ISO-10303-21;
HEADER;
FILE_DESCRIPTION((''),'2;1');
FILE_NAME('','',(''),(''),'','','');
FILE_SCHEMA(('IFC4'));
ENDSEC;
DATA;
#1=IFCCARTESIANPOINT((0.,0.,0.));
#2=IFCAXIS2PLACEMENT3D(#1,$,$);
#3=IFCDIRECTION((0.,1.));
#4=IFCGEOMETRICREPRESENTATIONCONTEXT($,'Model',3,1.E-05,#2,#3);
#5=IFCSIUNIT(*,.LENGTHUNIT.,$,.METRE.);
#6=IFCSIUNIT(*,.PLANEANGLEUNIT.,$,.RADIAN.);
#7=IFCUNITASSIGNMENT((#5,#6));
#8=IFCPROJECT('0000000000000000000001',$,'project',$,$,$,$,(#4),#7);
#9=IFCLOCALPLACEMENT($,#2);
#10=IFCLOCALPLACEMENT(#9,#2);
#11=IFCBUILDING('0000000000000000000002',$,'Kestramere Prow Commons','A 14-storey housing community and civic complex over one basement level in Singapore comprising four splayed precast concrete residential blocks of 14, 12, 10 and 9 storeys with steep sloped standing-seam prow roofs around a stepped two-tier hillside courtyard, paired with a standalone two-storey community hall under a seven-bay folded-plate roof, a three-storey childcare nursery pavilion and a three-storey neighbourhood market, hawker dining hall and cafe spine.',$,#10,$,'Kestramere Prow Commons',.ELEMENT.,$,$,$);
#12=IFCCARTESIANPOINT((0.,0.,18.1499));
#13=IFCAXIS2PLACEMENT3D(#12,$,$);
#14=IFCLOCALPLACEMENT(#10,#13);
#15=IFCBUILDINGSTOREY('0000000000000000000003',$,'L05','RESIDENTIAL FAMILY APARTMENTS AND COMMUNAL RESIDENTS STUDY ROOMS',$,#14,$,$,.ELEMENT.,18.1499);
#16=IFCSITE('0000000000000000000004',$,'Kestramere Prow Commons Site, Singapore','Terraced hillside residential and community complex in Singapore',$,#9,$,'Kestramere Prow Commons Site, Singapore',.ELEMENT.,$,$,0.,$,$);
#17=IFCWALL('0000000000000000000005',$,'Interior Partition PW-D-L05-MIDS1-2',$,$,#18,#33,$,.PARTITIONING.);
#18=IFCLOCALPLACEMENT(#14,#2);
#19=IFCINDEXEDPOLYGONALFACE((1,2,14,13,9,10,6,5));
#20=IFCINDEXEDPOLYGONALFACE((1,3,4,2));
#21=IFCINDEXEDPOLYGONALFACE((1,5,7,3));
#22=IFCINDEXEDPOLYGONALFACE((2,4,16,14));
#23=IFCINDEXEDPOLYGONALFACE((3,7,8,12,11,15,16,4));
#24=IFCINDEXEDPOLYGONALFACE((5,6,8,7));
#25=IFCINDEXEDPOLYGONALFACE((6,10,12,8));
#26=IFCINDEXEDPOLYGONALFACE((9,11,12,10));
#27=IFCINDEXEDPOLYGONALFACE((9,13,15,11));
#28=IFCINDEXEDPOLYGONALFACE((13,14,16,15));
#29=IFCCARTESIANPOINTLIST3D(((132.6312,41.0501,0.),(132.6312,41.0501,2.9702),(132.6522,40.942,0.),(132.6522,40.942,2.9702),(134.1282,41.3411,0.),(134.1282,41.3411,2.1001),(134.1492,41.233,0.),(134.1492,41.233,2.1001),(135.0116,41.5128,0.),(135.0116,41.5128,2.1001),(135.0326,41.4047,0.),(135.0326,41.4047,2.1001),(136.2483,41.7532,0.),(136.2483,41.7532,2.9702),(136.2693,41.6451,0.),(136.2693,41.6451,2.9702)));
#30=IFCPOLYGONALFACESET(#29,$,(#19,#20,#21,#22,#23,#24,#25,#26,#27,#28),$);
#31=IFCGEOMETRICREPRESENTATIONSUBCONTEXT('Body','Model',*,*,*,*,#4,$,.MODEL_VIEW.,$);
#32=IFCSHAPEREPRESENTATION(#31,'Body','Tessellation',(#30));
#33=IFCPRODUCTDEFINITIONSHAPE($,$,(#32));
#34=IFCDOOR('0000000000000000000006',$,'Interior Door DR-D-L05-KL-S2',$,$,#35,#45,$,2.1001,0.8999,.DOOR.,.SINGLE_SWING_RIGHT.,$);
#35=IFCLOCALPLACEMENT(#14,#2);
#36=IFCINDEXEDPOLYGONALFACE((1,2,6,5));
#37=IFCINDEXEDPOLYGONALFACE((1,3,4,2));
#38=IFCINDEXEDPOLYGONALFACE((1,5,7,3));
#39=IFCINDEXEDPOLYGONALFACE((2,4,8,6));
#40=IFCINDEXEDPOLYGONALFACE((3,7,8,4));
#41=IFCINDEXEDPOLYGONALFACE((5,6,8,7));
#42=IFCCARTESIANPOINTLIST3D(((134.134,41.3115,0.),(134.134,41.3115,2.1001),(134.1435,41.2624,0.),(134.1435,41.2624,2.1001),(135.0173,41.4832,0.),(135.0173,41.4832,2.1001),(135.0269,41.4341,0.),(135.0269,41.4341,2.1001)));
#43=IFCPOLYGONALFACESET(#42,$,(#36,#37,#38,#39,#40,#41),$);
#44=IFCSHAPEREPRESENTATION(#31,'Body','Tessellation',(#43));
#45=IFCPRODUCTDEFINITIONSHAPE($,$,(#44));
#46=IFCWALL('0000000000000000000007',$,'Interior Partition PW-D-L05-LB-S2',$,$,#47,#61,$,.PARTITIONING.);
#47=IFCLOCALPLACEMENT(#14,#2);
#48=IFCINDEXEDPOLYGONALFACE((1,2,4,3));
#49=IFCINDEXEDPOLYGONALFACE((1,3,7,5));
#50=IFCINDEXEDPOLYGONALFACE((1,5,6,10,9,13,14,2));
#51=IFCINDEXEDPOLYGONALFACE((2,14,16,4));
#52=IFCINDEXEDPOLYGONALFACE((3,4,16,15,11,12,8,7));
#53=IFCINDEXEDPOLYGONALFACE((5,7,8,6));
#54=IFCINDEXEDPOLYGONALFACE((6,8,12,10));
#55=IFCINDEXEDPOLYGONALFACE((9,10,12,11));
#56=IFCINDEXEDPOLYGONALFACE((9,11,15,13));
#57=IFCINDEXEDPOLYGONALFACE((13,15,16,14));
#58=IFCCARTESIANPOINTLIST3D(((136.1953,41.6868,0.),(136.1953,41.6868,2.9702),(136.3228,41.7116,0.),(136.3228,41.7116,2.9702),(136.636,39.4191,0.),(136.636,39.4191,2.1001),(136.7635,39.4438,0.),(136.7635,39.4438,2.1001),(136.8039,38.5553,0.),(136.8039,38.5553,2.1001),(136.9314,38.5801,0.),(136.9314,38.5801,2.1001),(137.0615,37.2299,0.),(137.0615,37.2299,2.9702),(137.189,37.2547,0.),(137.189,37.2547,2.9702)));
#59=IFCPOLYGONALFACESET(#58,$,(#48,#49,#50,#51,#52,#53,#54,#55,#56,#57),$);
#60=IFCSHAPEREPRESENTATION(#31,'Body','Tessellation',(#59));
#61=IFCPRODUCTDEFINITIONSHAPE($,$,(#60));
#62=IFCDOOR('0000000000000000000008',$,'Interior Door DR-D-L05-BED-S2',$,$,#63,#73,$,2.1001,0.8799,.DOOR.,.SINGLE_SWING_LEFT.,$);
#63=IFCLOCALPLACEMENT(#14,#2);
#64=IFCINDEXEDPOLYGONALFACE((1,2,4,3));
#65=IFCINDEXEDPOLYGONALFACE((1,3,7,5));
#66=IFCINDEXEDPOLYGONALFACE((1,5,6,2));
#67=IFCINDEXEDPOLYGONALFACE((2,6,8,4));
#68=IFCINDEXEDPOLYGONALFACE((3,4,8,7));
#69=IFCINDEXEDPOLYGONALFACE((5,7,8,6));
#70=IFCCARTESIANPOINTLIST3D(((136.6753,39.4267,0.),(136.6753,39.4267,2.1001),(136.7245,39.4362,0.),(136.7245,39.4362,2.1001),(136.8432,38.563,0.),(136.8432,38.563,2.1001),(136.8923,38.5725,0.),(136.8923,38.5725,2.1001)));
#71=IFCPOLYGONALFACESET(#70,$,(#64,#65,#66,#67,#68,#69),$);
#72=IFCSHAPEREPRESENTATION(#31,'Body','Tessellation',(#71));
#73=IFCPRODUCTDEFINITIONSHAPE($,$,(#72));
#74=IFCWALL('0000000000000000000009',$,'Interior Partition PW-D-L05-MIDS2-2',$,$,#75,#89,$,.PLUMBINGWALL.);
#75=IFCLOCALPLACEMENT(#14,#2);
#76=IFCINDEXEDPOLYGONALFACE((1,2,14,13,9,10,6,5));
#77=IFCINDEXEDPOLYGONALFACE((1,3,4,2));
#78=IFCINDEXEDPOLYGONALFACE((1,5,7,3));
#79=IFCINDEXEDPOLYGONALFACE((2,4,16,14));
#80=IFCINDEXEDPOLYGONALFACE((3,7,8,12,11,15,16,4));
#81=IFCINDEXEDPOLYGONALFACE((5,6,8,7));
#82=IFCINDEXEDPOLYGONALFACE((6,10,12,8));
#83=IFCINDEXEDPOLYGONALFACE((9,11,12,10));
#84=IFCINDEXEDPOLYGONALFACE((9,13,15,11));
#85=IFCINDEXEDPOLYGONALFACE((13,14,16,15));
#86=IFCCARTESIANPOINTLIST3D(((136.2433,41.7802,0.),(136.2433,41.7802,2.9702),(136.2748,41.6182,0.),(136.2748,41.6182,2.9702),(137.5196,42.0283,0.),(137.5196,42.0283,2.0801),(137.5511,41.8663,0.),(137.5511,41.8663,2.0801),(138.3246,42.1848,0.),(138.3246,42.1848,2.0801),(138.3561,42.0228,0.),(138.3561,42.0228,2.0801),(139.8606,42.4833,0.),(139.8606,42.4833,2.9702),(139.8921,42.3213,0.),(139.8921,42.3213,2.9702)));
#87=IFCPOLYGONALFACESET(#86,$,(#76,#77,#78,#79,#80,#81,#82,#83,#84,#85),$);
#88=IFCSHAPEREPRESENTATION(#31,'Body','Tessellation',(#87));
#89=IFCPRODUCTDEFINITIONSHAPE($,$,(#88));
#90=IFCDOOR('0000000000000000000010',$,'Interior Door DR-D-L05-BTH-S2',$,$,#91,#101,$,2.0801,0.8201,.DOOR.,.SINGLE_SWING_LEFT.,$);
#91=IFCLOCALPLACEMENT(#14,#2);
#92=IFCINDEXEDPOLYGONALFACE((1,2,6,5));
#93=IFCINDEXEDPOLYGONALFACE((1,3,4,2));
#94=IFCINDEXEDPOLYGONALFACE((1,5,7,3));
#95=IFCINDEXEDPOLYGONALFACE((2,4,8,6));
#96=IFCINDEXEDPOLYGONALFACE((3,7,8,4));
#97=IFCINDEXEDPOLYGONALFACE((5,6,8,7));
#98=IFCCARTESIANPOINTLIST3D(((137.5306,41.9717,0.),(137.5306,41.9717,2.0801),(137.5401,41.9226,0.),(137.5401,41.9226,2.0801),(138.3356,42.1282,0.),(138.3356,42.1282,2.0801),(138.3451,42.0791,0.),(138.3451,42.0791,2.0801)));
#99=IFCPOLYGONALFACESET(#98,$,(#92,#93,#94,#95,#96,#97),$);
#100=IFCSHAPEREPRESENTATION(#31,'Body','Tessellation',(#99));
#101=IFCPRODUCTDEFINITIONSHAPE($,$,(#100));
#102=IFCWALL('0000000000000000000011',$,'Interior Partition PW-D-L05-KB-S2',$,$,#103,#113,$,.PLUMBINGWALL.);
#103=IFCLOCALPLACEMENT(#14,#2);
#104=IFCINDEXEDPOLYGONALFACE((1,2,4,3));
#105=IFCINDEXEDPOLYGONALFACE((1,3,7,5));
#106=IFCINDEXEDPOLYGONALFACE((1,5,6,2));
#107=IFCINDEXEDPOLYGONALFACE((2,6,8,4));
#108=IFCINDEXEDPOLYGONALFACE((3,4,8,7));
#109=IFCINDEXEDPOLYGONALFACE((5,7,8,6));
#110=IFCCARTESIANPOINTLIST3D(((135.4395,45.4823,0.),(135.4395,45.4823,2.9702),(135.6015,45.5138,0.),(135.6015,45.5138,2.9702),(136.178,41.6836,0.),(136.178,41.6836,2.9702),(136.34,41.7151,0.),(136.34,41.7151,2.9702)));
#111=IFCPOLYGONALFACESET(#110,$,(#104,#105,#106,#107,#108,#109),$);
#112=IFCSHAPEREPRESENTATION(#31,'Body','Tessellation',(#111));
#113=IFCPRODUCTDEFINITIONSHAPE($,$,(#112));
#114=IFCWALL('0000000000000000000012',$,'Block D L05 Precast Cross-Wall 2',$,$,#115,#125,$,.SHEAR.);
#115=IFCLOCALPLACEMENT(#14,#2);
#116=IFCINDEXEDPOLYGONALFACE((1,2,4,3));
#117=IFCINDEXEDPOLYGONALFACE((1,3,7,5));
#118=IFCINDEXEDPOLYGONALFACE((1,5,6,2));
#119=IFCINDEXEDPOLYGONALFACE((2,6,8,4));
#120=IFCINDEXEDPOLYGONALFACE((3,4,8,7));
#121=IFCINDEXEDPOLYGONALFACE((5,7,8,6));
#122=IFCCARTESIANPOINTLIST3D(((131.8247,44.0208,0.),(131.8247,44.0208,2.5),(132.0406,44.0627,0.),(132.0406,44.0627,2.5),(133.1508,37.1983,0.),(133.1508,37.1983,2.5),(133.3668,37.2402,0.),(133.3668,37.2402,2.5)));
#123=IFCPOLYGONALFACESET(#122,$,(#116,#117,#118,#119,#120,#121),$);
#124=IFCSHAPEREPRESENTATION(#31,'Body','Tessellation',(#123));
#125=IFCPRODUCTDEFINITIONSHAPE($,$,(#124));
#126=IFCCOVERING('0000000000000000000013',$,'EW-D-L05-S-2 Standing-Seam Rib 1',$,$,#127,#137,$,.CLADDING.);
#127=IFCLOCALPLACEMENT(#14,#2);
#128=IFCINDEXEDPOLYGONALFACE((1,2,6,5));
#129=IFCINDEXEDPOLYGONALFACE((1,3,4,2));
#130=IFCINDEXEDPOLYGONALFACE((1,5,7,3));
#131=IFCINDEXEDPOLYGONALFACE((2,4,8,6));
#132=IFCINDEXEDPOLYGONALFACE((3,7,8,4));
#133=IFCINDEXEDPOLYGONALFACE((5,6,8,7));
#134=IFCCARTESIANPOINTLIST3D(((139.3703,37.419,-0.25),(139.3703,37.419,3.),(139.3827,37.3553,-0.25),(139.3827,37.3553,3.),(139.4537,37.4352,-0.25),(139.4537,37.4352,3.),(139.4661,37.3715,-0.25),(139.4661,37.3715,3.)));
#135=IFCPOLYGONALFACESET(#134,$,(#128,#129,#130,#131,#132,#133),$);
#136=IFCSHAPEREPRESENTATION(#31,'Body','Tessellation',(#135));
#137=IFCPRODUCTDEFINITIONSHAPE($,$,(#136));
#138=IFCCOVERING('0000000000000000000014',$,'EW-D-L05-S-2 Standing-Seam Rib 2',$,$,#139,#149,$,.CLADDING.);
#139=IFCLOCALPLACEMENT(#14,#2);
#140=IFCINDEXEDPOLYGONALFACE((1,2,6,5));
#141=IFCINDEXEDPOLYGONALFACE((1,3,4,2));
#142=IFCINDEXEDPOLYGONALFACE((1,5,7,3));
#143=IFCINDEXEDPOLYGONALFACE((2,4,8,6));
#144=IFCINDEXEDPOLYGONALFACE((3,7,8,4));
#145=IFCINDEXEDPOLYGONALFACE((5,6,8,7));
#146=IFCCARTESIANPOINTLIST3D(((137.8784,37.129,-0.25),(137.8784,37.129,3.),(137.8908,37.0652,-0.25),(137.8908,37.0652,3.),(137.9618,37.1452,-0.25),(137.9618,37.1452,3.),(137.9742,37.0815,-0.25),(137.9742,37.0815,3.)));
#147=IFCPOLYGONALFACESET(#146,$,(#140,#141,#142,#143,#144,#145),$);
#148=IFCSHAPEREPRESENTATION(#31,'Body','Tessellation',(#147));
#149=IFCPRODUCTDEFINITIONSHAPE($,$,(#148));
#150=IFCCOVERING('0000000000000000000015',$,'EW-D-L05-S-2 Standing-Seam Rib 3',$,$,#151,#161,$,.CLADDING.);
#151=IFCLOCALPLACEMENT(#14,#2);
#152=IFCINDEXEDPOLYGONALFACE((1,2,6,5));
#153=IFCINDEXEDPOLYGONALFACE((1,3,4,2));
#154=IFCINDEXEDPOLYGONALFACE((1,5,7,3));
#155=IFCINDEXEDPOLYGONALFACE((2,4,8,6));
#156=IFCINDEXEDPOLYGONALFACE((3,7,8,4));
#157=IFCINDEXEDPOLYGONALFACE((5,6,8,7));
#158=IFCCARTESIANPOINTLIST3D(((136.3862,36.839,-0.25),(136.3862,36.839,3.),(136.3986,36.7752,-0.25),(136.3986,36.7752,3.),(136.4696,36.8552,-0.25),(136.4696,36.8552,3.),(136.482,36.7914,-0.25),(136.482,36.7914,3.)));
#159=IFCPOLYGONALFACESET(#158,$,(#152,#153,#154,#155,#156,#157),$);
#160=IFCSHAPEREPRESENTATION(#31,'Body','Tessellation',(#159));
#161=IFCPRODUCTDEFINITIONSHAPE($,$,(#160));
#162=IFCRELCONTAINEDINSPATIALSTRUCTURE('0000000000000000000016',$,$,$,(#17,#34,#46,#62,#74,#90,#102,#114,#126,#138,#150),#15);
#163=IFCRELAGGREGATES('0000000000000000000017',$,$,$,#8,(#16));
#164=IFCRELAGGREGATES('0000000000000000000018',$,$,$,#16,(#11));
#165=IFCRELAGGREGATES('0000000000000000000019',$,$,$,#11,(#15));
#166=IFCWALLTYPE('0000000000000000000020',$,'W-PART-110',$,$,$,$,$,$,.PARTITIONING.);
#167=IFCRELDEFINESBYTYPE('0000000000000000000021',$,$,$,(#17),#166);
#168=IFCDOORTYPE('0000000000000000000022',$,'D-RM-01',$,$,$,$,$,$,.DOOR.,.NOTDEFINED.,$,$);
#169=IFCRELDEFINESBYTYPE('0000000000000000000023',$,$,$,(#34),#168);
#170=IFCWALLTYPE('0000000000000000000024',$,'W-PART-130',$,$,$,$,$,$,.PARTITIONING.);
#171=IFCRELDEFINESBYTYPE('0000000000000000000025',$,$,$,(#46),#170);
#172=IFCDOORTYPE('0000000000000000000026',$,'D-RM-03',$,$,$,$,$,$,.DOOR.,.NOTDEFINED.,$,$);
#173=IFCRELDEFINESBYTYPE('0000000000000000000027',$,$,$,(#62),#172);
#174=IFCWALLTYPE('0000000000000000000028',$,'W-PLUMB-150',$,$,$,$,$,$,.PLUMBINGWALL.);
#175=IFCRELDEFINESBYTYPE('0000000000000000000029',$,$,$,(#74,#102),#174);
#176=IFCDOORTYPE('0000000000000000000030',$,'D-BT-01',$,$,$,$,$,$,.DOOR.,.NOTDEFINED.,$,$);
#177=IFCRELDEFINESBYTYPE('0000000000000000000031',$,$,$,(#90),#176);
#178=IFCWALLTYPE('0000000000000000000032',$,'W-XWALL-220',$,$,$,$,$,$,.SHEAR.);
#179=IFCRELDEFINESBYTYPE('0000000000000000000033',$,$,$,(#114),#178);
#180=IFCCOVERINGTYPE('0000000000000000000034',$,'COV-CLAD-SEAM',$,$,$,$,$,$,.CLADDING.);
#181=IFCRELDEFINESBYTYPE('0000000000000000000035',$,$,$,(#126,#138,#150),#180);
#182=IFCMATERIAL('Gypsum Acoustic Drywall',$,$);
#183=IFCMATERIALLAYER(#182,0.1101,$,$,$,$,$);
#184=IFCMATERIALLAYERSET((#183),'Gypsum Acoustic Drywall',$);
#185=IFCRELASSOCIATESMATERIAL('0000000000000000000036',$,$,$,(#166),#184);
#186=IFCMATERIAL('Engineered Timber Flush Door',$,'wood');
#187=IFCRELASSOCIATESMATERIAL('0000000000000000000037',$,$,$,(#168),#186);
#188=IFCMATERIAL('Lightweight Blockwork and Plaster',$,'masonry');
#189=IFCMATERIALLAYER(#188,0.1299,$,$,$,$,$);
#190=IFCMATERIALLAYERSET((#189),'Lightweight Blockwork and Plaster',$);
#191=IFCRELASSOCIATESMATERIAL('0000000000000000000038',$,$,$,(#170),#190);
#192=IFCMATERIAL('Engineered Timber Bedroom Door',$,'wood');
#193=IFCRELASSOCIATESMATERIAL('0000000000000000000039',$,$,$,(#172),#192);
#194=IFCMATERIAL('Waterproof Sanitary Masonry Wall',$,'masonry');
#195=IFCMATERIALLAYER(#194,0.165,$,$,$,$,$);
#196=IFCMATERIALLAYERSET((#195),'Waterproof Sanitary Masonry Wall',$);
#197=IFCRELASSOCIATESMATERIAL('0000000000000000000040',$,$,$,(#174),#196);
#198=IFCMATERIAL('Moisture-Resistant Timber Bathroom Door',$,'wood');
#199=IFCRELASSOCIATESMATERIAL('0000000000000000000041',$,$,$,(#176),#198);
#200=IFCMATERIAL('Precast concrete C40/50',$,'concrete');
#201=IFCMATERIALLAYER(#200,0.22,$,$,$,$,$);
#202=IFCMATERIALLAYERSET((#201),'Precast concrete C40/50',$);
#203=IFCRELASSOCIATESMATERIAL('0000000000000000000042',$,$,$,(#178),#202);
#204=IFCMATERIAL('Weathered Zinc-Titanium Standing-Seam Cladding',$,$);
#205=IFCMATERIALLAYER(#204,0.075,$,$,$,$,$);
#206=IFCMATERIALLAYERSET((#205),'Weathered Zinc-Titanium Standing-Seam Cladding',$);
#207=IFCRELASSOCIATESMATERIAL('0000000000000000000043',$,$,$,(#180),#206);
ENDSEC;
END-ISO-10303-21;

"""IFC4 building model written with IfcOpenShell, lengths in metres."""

from ifc_helpers import new_model, si_unit, direction, frame, frame_2d, origin, origin_2d, place, context, subcontext, project, spatial, rectangle, extrude, material, layer, layer_set, type_object, element, fill, save


model = new_model("IFC4")

# Units and contexts
model_context = context("Model", 3, precision=1e-05, world=origin(), true_north=direction((0.0, 1.0)))
body_context = subcontext(model_context, "Body", "Model", "MODEL_VIEW")
ifc_project = project(units=[si_unit("LENGTHUNIT", "METRE"), si_unit("PLANEANGLEUNIT", "RADIAN")], contexts=[model_context])

# Site, building, storey
site_placement = place(None, origin())
site = spatial("IfcSite", under=ifc_project, at=site_placement, Name="Kestramere Prow Commons Site, Singapore", Description="Terraced hillside residential and community complex in Singapore", LongName="Kestramere Prow Commons Site, Singapore", CompositionType="ELEMENT", RefElevation=0.0)
building_placement = place(site_placement, origin())
building = spatial("IfcBuilding", under=site, at=building_placement, Name="Kestramere Prow Commons", Description="A 14-storey housing community and civic complex over one basement level in Singapore comprising four splayed precast concrete residential blocks of 14, 12, 10 and 9 storeys with steep sloped standing-seam prow roofs around a stepped two-tier hillside courtyard, paired with a standalone two-storey community hall under a seven-bay folded-plate roof, a three-storey childcare nursery pavilion and a three-storey neighbourhood market, hawker dining hall and cafe spine.", LongName="Kestramere Prow Commons", CompositionType="ELEMENT")
storey_placement = place(building_placement, frame((0.0, 0.0, 18.1499)))
storey = spatial("IfcBuildingStorey", under=building, at=storey_placement, Name="L05", Description="RESIDENTIAL FAMILY APARTMENTS AND COMMUNAL RESIDENTS STUDY ROOMS", CompositionType="ELEMENT", Elevation=18.1499)

# Shared definitions
ifc_material_1 = material(Name="Precast concrete C40/50", Category="concrete")

# Walls, openings, doors
ifc_material_2 = material(Name="Gypsum Acoustic Drywall")
ifc_layer_1 = layer(ifc_material_2, 0.1101)
ifc_layer_set_1 = layer_set([ifc_layer_1], Name="Gypsum Acoustic Drywall")
wall_type_1 = type_object("IfcWallType", Name="W-PART-110", PredefinedType="PARTITIONING", material=ifc_layer_set_1)
wall_1_placement = place(storey_placement, frame((132.6418, 40.9961, 0.0), z_axis=(0.0, 0.0, 1.0), x_axis=(0.981626, 0.190813, 0.0)))
wall_1 = element("IfcWall", 1, at=wall_1_placement, inside=storey, type_object=wall_type_1, Name="Interior Partition PW-D-L05-MIDS1-2", PredefinedType="PARTITIONING", context=body_context, shape_type="SweptSolid", body=[
    extrude(rectangle(XDim=3.6848, YDim=0.1101, at=frame_2d((1.8423, 0.0))), origin(), (0.0, 0.0, 1.0), 2.9702),
])
opening_1_placement = place(wall_1_placement, frame((1.5249, 0.0, 0.0)))
opening_1 = element("IfcOpeningElement", 2, at=opening_1_placement, cuts=wall_1, PredefinedType="OPENING", context=body_context, shape_type="SweptSolid", body=[
    extrude(rectangle(XDim=0.8999, YDim=2.1001, at=frame_2d((0.45, 1.05))), frame((0.0, 0.0701, 0.0), z_axis=(0.0, -1.0, 0.0), x_axis=(1.0, 0.0, 0.0)), (0.0, 0.0, 1.0), 0.1401),
])
ifc_material_3 = material(Name="Engineered Timber Flush Door", Category="wood")
door_type_1 = type_object("IfcDoorType", Name="D-RM-01", OperationType="NOTDEFINED", PredefinedType="DOOR", material=ifc_material_3)
door_1_placement = place(opening_1_placement, origin())
door_1 = element("IfcDoor", 3, at=door_1_placement, inside=storey, type_object=door_type_1, Name="Interior Door DR-D-L05-KL-S2", OperationType="SINGLE_SWING_RIGHT", OverallHeight=2.1001, OverallWidth=0.8999, PredefinedType="DOOR", context=body_context, shape_type="SweptSolid", body=[
    extrude(rectangle(XDim=0.8999, YDim=2.1001, at=frame_2d((0.45, 1.05))), frame((0.0, 0.0249, 0.0), z_axis=(0.0, -1.0, 0.0), x_axis=(1.0, 0.0, 0.0)), (0.0, 0.0, 1.0), 0.05),
])
fill(opening_1, door_1)
ifc_material_4 = material(Name="Lightweight Blockwork and Plaster", Category="masonry")
ifc_layer_2 = layer(ifc_material_4, 0.1299)
ifc_layer_set_2 = layer_set([ifc_layer_2], Name="Lightweight Blockwork and Plaster")
wall_type_2 = type_object("IfcWallType", Name="W-PART-130", PredefinedType="PARTITIONING", material=ifc_layer_set_2)
wall_2_placement = place(storey_placement, frame((137.1252, 37.2424, 0.0), z_axis=(0.0, 0.0, 1.0), x_axis=(-0.190788, 0.981631, 0.0)))
wall_2 = element("IfcWall", 4, at=wall_2_placement, inside=storey, type_object=wall_type_2, Name="Interior Partition PW-D-L05-LB-S2", PredefinedType="PARTITIONING", context=body_context, shape_type="SweptSolid", body=[
    extrude(rectangle(XDim=4.5403, YDim=0.1299, at=frame_2d((2.27, 0.0))), origin(), (0.0, 0.0, 1.0), 2.9702),
])
opening_2_placement = place(wall_2_placement, frame((1.3501, 0.0, 0.0)))
opening_2 = element("IfcOpeningElement", 5, at=opening_2_placement, cuts=wall_2, PredefinedType="OPENING", context=body_context, shape_type="SweptSolid", body=[
    extrude(rectangle(XDim=0.8799, YDim=2.1001, at=frame_2d((0.4399, 1.05))), frame((0.0, 0.0798, 0.0), z_axis=(0.0, -1.0, 0.0), x_axis=(1.0, 0.0, 0.0)), (0.0, 0.0, 1.0), 0.1599),
])
ifc_material_5 = material(Name="Engineered Timber Bedroom Door", Category="wood")
door_type_2 = type_object("IfcDoorType", Name="D-RM-03", OperationType="NOTDEFINED", PredefinedType="DOOR", material=ifc_material_5)
door_2_placement = place(opening_2_placement, origin())
door_2 = element("IfcDoor", 6, at=door_2_placement, inside=storey, type_object=door_type_2, Name="Interior Door DR-D-L05-BED-S2", OperationType="SINGLE_SWING_LEFT", OverallHeight=2.1001, OverallWidth=0.8799, PredefinedType="DOOR", context=body_context, shape_type="SweptSolid", body=[
    extrude(rectangle(XDim=0.8799, YDim=2.1001, at=frame_2d((0.4399, 1.05))), frame((0.0, 0.0249, 0.0), z_axis=(0.0, -1.0, 0.0), x_axis=(1.0, 0.0, 0.0)), (0.0, 0.0, 1.0), 0.05),
])
fill(opening_2, door_2)
ifc_material_6 = material(Name="Waterproof Sanitary Masonry Wall", Category="masonry")
ifc_layer_3 = layer(ifc_material_6, 0.165)
ifc_layer_set_3 = layer_set([ifc_layer_3], Name="Waterproof Sanitary Masonry Wall")
wall_type_3 = type_object("IfcWallType", Name="W-PLUMB-150", PredefinedType="PLUMBINGWALL", material=ifc_layer_set_3)
wall_3_placement = place(storey_placement, frame((136.259, 41.6992, 0.0), z_axis=(0.0, 0.0, 1.0), x_axis=(0.981629, 0.190801, 0.0)))
wall_3 = element("IfcWall", 7, at=wall_3_placement, inside=storey, type_object=wall_type_3, Name="Interior Partition PW-D-L05-MIDS2-2", PredefinedType="PLUMBINGWALL", context=body_context, shape_type="SweptSolid", body=[
    extrude(rectangle(XDim=3.6851, YDim=0.165, at=frame_2d((1.8425, 0.0))), origin(), (0.0, 0.0, 1.0), 2.9702),
])
opening_3_placement = place(wall_3_placement, frame((1.3, 0.0, 0.0)))
opening_3 = element("IfcOpeningElement", 8, at=opening_3_placement, cuts=wall_3, PredefinedType="OPENING", context=body_context, shape_type="SweptSolid", body=[
    extrude(rectangle(XDim=0.8201, YDim=2.0801, at=frame_2d((0.4102, 1.04))), frame((0.0, 0.0974, 0.0), z_axis=(0.0, -1.0, 0.0), x_axis=(1.0, 0.0, 0.0)), (0.0, 0.0, 1.0), 0.1951),
])
ifc_material_7 = material(Name="Moisture-Resistant Timber Bathroom Door", Category="wood")
door_type_3 = type_object("IfcDoorType", Name="D-BT-01", OperationType="NOTDEFINED", PredefinedType="DOOR", material=ifc_material_7)
door_3_placement = place(opening_3_placement, origin())
door_3 = element("IfcDoor", 9, at=door_3_placement, inside=storey, type_object=door_type_3, Name="Interior Door DR-D-L05-BTH-S2", OperationType="SINGLE_SWING_LEFT", OverallHeight=2.0801, OverallWidth=0.8201, PredefinedType="DOOR", context=body_context, shape_type="SweptSolid", body=[
    extrude(rectangle(XDim=0.8201, YDim=2.0801, at=frame_2d((0.4102, 1.04))), frame((0.0, 0.0249, 0.0), z_axis=(0.0, -1.0, 0.0), x_axis=(1.0, 0.0, 0.0)), (0.0, 0.0, 1.0), 0.05),
])
fill(opening_3, door_3)

# Walls
wall_4_placement = place(storey_placement, frame((136.259, 41.6992, 0.0), z_axis=(0.0, 0.0, 1.0), x_axis=(-0.190836, 0.981622, 0.0)))
element("IfcWall", 10, at=wall_4_placement, inside=storey, type_object=wall_type_3, Name="Interior Partition PW-D-L05-KB-S2", PredefinedType="PLUMBINGWALL", context=body_context, shape_type="SweptSolid", body=[
    extrude(rectangle(XDim=3.8699, YDim=0.165, at=frame_2d((1.9351, 0.0))), origin(), (0.0, 0.0, 1.0), 2.9702),
])
ifc_layer_4 = layer(ifc_material_1, 0.22)
ifc_layer_set_4 = layer_set([ifc_layer_4], Name="Precast concrete C40/50")
wall_type_4 = type_object("IfcWallType", Name="W-XWALL-220", PredefinedType="SHEAR", material=ifc_layer_set_4)
wall_5_placement = place(storey_placement, frame((133.2588, 37.2192, 0.0), z_axis=(0.0, 0.0, 1.0), x_axis=(-0.19081, 0.981627, 0.0)))
element("IfcWall", 11, at=wall_5_placement, inside=storey, type_object=wall_type_4, Name="Block D L05 Precast Cross-Wall 2", PredefinedType="SHEAR", context=body_context, shape_type="SweptSolid", body=[
    extrude(rectangle(XDim=6.9502, YDim=0.22, at=frame_2d((3.4751, 0.0))), origin(), (0.0, 0.0, 1.0), 2.5),
])

# Coverings
ifc_material_8 = material(Name="Weathered Zinc-Titanium Standing-Seam Cladding")
ifc_layer_5 = layer(ifc_material_8, 0.075)
ifc_layer_set_5 = layer_set([ifc_layer_5], Name="Weathered Zinc-Titanium Standing-Seam Cladding")
covering_type = type_object("IfcCoveringType", Name="COV-CLAD-SEAM", PredefinedType="CLADDING", material=ifc_layer_set_5)
for number, where, z_axis, x_axis, name in (
    (12, (139.4182, 37.3953, -0.25), (0.0, 0.0, 1.0), (-0.981627, -0.190809, 0.0), "EW-D-L05-S-2 Standing-Seam Rib 1"),
    (13, (137.9263, 37.1052, -0.25), (0.0, 0.0, 1.0), (-0.981627, -0.190809, 0.0), "EW-D-L05-S-2 Standing-Seam Rib 2"),
    (14, (136.4341, 36.8152, -0.25), (0.0, 0.0, 1.0), (-0.981627, -0.190809, 0.0), "EW-D-L05-S-2 Standing-Seam Rib 3"),
):
    element("IfcCovering", number, at=place(storey_placement, frame(where, z_axis=z_axis, x_axis=x_axis)), inside=storey, type_object=covering_type, Name=name, PredefinedType="CLADDING", context=body_context, shape_type="SweptSolid", body=[
        extrude(rectangle(XDim=0.085, YDim=0.0649, at=origin_2d()), origin(), (0.0, 0.0, 1.0), 3.25),
    ])

save(model, "model.ifc")
